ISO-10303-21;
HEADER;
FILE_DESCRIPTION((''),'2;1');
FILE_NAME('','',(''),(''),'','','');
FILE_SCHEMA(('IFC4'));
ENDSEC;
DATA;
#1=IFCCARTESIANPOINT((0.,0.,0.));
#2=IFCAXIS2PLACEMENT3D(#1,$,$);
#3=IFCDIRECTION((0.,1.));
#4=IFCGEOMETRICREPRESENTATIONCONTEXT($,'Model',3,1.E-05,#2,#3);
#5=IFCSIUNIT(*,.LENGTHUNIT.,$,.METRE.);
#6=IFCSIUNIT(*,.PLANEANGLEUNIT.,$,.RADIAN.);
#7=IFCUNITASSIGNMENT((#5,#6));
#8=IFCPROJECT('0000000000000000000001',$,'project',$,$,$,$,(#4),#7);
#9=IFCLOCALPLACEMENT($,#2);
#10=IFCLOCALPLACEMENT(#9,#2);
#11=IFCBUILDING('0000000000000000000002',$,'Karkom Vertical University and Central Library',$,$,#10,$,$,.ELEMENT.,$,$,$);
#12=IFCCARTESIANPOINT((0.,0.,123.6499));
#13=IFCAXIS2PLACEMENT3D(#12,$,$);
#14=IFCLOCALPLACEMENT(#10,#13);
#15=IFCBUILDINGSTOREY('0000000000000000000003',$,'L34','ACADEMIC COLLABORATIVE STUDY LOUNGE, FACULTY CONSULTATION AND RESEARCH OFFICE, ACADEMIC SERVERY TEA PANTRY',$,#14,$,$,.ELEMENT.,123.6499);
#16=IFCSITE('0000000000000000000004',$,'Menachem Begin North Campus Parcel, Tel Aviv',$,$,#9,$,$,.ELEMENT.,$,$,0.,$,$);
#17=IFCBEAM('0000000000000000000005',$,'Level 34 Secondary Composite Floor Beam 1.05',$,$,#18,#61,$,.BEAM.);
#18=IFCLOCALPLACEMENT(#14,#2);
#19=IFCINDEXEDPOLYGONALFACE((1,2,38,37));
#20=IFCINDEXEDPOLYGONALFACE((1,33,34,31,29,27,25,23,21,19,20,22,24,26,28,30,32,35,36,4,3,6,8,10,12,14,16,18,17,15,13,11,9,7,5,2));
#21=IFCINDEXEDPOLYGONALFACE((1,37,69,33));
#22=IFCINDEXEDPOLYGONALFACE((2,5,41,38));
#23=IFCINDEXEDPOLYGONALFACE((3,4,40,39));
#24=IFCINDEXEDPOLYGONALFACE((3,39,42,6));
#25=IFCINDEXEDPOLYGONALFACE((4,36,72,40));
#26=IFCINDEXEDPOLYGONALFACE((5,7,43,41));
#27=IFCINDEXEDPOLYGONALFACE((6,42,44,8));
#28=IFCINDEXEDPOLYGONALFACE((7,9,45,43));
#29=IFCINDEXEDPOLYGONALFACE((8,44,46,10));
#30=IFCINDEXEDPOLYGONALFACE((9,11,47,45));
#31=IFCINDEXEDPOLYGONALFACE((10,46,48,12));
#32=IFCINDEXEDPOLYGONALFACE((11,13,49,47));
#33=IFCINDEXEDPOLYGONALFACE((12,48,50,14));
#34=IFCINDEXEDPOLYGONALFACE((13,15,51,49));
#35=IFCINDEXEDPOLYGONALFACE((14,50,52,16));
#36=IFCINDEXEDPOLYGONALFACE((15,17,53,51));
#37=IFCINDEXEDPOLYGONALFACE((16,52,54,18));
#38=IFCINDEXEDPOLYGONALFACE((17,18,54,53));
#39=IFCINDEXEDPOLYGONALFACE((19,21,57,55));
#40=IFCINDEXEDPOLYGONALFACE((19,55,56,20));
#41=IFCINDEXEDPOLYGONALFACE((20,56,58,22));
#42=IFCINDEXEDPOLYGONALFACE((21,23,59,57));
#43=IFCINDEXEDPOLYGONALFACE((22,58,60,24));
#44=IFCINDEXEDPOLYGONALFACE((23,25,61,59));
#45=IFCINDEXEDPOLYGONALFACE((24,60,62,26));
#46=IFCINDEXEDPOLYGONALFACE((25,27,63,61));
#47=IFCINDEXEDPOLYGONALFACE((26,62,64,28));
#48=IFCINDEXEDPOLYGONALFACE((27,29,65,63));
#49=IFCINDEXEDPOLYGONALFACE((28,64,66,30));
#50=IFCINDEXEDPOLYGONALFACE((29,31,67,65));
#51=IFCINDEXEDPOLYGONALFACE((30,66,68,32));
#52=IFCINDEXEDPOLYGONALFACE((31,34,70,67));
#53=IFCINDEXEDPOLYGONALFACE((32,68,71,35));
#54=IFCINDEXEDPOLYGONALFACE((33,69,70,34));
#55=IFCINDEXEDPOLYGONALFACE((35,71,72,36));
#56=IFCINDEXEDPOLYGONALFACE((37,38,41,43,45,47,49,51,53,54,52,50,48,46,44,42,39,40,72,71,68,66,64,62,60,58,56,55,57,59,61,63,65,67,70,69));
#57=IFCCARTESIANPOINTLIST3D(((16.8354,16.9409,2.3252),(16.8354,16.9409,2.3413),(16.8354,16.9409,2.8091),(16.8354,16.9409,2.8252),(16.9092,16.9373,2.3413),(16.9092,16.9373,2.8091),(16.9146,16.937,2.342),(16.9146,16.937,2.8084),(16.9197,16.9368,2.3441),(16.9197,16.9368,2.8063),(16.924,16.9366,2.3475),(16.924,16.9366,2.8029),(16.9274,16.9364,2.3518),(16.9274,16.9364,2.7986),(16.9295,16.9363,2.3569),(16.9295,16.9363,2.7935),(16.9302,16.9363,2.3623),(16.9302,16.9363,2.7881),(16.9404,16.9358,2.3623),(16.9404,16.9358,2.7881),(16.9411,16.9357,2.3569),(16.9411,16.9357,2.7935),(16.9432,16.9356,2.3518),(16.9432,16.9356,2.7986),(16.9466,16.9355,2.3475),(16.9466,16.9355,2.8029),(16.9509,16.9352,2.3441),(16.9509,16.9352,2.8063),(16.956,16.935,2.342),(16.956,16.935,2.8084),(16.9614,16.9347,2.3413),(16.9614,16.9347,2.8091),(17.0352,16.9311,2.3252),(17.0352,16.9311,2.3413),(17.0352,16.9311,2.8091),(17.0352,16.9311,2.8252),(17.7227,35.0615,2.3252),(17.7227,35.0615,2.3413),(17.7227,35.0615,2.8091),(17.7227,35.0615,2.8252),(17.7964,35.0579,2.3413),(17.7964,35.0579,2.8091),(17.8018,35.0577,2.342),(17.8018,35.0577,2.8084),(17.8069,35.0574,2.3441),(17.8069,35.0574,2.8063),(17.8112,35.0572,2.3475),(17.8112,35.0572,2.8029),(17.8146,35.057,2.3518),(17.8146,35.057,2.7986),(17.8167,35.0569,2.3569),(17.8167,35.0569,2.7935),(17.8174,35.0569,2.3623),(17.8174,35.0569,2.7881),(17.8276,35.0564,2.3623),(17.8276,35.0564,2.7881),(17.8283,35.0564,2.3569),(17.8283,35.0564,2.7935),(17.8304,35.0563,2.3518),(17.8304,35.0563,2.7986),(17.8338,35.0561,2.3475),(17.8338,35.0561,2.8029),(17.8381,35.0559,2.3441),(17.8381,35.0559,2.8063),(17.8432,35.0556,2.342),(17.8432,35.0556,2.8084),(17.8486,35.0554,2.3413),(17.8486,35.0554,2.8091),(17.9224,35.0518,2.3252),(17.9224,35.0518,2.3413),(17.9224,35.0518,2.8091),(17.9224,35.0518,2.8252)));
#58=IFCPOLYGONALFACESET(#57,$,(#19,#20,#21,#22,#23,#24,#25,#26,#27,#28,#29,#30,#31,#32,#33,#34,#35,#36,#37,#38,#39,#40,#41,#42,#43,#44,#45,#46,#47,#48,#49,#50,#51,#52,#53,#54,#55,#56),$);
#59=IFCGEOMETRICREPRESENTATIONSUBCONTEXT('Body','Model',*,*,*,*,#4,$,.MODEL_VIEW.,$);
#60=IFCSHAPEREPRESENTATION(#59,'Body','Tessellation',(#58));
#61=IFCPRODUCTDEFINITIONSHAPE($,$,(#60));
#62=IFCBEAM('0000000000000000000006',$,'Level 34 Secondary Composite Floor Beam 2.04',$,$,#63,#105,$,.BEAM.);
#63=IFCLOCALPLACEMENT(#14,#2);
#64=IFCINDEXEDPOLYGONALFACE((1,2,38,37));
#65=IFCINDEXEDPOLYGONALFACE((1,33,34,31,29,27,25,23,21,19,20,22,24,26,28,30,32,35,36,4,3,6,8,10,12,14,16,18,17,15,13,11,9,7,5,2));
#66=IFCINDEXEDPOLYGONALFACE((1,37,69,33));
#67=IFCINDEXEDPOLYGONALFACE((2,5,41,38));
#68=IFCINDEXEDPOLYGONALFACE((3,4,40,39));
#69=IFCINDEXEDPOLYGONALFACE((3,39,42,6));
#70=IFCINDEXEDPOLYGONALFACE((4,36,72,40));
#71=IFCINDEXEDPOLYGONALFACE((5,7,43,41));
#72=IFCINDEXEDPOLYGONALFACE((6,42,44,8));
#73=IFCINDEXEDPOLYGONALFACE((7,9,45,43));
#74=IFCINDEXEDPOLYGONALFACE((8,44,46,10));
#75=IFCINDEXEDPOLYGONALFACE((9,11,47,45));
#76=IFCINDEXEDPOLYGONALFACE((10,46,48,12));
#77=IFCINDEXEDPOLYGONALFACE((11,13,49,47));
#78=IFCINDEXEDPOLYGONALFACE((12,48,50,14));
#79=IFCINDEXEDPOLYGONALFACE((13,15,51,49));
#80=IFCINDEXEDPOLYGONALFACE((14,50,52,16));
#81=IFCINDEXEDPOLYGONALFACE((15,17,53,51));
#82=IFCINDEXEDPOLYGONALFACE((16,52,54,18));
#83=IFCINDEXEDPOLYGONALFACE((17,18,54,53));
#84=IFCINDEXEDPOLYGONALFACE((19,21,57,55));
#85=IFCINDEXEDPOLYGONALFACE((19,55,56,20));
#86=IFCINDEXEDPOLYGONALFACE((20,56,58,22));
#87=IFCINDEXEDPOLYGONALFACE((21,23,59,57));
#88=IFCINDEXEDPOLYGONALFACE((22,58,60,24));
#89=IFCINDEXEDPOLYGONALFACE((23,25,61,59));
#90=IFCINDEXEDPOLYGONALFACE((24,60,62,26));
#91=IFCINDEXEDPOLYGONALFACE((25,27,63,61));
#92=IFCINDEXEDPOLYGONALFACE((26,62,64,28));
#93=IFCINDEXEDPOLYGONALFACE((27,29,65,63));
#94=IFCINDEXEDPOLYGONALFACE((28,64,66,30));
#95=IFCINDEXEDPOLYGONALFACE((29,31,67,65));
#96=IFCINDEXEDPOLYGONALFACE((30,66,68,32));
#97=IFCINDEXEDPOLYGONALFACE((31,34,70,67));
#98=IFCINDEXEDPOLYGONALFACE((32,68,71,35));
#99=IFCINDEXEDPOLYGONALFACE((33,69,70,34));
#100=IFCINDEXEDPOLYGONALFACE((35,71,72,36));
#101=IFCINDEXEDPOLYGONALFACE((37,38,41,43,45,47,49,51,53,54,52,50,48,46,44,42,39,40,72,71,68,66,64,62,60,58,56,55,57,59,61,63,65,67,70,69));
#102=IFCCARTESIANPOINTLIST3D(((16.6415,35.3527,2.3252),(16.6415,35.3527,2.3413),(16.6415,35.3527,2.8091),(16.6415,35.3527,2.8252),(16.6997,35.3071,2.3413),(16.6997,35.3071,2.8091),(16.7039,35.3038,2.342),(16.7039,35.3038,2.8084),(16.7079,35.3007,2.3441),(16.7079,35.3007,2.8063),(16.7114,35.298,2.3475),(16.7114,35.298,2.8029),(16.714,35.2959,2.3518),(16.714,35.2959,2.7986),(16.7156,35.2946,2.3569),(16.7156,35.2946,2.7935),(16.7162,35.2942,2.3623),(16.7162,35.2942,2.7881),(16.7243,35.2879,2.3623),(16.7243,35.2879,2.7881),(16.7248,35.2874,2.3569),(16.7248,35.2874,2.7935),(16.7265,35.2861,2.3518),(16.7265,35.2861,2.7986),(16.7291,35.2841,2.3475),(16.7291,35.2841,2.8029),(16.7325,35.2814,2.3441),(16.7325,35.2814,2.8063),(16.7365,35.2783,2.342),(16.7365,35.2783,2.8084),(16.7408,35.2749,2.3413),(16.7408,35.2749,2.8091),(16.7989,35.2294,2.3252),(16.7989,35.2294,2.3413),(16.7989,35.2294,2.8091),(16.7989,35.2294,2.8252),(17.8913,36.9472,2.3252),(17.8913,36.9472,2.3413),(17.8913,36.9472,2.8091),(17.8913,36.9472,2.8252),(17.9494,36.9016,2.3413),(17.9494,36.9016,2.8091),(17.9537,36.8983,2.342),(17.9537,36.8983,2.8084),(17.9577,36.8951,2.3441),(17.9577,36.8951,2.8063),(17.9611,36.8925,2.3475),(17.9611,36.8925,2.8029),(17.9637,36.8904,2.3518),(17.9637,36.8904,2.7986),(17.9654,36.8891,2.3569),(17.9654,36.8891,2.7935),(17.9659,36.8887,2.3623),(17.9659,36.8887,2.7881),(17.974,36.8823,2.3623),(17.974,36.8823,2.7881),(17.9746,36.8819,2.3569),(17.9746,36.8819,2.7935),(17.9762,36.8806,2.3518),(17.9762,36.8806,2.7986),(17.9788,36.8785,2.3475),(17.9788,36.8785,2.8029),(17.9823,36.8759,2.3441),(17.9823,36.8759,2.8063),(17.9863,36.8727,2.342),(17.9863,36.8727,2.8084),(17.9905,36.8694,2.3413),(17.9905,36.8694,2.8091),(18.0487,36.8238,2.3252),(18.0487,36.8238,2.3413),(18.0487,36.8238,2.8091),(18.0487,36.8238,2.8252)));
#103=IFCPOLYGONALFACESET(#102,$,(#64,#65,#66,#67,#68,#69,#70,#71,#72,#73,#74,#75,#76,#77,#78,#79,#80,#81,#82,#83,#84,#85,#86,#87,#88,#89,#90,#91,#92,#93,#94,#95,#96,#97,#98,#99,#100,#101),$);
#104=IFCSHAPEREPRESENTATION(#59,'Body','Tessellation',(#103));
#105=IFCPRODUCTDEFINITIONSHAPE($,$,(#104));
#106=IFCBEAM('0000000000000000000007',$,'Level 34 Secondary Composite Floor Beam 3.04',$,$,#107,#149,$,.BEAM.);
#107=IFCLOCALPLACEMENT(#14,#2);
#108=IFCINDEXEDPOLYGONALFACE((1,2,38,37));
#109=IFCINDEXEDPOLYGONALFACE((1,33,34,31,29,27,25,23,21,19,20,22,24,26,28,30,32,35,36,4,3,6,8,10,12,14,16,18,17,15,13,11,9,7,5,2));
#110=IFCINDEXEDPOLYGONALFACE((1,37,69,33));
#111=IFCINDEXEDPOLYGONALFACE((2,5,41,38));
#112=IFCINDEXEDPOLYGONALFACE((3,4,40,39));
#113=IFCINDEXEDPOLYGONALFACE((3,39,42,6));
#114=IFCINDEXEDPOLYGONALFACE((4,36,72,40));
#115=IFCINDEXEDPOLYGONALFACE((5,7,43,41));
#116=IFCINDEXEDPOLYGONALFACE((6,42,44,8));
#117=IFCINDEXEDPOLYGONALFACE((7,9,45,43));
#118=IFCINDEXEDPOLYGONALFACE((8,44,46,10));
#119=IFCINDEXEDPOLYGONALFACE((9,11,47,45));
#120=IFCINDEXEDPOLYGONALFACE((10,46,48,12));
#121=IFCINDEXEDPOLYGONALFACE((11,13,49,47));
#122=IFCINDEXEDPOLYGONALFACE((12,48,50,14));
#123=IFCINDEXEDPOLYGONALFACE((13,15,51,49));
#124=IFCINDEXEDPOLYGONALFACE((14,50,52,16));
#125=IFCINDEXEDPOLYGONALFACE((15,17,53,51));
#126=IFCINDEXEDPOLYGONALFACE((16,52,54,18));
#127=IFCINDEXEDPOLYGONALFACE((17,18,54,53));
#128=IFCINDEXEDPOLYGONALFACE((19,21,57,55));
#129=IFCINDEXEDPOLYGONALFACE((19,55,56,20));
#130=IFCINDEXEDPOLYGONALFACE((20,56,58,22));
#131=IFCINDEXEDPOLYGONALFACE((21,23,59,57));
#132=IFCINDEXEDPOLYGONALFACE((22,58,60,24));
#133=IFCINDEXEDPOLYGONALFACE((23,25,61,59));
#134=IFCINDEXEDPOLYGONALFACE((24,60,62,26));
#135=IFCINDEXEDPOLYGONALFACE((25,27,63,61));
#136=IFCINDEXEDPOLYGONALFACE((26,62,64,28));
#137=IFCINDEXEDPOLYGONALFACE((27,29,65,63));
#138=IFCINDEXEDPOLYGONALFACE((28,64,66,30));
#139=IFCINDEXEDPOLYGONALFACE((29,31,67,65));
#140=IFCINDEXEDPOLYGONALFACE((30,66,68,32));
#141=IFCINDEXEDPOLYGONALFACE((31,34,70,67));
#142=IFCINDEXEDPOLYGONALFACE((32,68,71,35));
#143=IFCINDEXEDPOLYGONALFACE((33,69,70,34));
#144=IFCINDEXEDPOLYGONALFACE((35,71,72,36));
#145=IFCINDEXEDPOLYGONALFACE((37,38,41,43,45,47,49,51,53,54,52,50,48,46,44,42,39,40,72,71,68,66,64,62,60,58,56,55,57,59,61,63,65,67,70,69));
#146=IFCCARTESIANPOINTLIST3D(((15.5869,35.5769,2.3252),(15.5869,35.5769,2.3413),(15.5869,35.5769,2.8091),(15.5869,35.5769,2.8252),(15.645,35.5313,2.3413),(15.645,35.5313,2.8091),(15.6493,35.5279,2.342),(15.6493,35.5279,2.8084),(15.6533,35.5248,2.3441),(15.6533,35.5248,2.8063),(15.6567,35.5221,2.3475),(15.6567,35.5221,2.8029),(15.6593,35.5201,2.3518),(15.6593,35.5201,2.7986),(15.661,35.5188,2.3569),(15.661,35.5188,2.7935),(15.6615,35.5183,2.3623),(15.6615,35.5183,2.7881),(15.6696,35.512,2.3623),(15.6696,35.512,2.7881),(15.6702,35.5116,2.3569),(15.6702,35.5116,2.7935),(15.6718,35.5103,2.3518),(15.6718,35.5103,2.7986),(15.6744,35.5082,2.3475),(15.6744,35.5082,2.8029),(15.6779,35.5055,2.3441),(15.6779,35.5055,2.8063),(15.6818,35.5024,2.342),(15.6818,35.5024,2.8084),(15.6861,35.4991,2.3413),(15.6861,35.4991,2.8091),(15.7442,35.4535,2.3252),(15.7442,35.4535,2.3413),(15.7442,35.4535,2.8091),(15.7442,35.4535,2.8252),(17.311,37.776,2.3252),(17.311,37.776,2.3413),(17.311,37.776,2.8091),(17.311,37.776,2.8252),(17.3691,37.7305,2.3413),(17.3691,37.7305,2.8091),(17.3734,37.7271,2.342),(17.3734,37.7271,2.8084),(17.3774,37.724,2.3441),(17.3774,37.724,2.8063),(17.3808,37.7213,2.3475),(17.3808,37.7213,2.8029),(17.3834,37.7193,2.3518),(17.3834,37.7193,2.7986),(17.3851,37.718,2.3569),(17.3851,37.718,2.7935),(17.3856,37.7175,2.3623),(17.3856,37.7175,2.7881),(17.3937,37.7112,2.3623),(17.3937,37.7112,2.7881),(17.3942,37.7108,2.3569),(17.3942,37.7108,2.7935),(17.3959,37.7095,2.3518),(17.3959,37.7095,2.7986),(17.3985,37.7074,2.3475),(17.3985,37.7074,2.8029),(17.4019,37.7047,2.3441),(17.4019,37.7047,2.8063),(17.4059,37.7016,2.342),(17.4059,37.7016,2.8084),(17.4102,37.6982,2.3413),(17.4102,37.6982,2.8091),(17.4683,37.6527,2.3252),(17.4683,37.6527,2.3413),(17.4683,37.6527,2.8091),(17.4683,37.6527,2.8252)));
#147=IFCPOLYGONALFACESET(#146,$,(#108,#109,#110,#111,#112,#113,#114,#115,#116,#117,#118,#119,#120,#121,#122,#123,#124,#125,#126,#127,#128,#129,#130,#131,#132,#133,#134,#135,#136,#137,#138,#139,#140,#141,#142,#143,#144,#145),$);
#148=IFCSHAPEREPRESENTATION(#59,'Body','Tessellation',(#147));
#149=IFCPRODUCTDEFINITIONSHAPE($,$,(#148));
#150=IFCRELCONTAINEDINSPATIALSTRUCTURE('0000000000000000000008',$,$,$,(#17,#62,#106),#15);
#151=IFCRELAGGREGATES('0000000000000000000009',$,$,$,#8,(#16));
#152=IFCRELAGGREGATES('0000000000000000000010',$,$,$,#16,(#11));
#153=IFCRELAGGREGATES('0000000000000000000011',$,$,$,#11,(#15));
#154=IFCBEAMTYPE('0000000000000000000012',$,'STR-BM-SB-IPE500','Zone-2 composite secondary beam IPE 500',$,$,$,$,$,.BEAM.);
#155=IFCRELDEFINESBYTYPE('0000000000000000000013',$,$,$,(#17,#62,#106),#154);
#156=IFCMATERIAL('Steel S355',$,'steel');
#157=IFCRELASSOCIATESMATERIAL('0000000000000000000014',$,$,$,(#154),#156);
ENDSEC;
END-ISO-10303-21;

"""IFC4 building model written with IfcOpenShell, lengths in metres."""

from ifc_helpers import new_model, si_unit, direction, frame, origin, origin_with_axes, origin_2d, place, context, subcontext, project, spatial, i_section, extrude, source, transform, mapped, material, material_profile, profile_set, type_object, element, save


model = new_model("IFC4")

# Units and contexts
model_context = context("Model", 3, precision=1e-05, world=origin(), true_north=direction((0.0, 1.0)))
body_context = subcontext(model_context, "Body", "Model", "MODEL_VIEW")
ifc_project = project(units=[si_unit("LENGTHUNIT", "METRE"), si_unit("PLANEANGLEUNIT", "RADIAN")], contexts=[model_context])

# Site, building, storey
site_placement = place(None, origin())
site = spatial("IfcSite", under=ifc_project, at=site_placement, Name="Menachem Begin North Campus Parcel, Tel Aviv", CompositionType="ELEMENT", RefElevation=0.0)
building_placement = place(site_placement, origin())
building = spatial("IfcBuilding", under=site, at=building_placement, Name="Karkom Vertical University and Central Library", CompositionType="ELEMENT")
storey_placement = place(building_placement, frame((0.0, 0.0, 123.6499)))
storey = spatial("IfcBuildingStorey", under=building, at=storey_placement, Name="L34", Description="ACADEMIC COLLABORATIVE STUDY LOUNGE, FACULTY CONSULTATION AND RESEARCH OFFICE, ACADEMIC SERVERY TEA PANTRY", CompositionType="ELEMENT", Elevation=123.6499)

# Beams
ifc_material_1 = material(Name="Steel S355", Category="steel")
ifc_material_profile_1 = material_profile(ifc_material_1, i_section(OverallWidth=0.2, OverallDepth=0.5, WebThickness=0.0103, FlangeThickness=0.0161, FilletRadius=0.021, at=origin_2d()), Name="IPE 500")
ifc_profile_set_1 = profile_set([ifc_material_profile_1], Name="Steel S355")
beam_type_1 = type_object("IfcBeamType", Name="STR-BM-SB-IPE500", Description="Zone-2 composite secondary beam IPE 500", PredefinedType="BEAM", material=ifc_profile_set_1)
shared_shape_1 = source(origin_with_axes(), body_context, "Body", "SweptSolid", [
    extrude(i_section(OverallWidth=0.2, OverallDepth=0.5, WebThickness=0.0103, FlangeThickness=0.0161, FilletRadius=0.021, at=origin_2d()), origin(), (0.0, 0.0, 1.0), 18.1423),
])
beam_1_placement = place(storey_placement, frame((17.8225, 35.0566, 2.5752), z_axis=(-0.048903, -0.998804, 0.0), x_axis=(0.998804, -0.048903, 0.0)))
element("IfcBeam", 1, at=beam_1_placement, inside=storey, type_object=beam_type_1, Name="Level 34 Secondary Composite Floor Beam 1.05", PredefinedType="BEAM", context=body_context, shape_type="MappedRepresentation", body=[
    mapped(shared_shape_1, transform((0.0, 0.0, 0.0), scale=1.0)),
])
shared_shape_2 = source(origin_with_axes(), body_context, "Body", "SweptSolid", [
    extrude(i_section(OverallWidth=0.2, OverallDepth=0.5, WebThickness=0.0103, FlangeThickness=0.0161, FilletRadius=0.021, at=origin_2d()), origin(), (0.0, 0.0, 1.0), 2.0259),
])
beam_2_placement = place(storey_placement, frame((17.97, 36.8855, 2.5752), z_axis=(-0.61689, -0.78705, 0.0), x_axis=(0.78705, -0.61689, 0.0)))
element("IfcBeam", 2, at=beam_2_placement, inside=storey, type_object=beam_type_1, Name="Level 34 Secondary Composite Floor Beam 2.04", PredefinedType="BEAM", context=body_context, shape_type="MappedRepresentation", body=[
    mapped(shared_shape_2, transform((0.0, 0.0, 0.0), scale=1.0)),
])
shared_shape_3 = source(origin_with_axes(), body_context, "Body", "SweptSolid", [
    extrude(i_section(OverallWidth=0.2, OverallDepth=0.5, WebThickness=0.0103, FlangeThickness=0.0161, FilletRadius=0.021, at=origin_2d()), origin(), (0.0, 0.0, 1.0), 2.7944),
])
beam_3_placement = place(storey_placement, frame((17.3896, 37.7144, 2.5752), z_axis=(-0.616972, -0.786985, 0.0), x_axis=(0.786985, -0.616972, 0.0)))
element("IfcBeam", 3, at=beam_3_placement, inside=storey, type_object=beam_type_1, Name="Level 34 Secondary Composite Floor Beam 3.04", PredefinedType="BEAM", context=body_context, shape_type="MappedRepresentation", body=[
    mapped(shared_shape_3, transform((0.0, 0.0, 0.0), scale=1.0)),
])

save(model, "model.ifc")
